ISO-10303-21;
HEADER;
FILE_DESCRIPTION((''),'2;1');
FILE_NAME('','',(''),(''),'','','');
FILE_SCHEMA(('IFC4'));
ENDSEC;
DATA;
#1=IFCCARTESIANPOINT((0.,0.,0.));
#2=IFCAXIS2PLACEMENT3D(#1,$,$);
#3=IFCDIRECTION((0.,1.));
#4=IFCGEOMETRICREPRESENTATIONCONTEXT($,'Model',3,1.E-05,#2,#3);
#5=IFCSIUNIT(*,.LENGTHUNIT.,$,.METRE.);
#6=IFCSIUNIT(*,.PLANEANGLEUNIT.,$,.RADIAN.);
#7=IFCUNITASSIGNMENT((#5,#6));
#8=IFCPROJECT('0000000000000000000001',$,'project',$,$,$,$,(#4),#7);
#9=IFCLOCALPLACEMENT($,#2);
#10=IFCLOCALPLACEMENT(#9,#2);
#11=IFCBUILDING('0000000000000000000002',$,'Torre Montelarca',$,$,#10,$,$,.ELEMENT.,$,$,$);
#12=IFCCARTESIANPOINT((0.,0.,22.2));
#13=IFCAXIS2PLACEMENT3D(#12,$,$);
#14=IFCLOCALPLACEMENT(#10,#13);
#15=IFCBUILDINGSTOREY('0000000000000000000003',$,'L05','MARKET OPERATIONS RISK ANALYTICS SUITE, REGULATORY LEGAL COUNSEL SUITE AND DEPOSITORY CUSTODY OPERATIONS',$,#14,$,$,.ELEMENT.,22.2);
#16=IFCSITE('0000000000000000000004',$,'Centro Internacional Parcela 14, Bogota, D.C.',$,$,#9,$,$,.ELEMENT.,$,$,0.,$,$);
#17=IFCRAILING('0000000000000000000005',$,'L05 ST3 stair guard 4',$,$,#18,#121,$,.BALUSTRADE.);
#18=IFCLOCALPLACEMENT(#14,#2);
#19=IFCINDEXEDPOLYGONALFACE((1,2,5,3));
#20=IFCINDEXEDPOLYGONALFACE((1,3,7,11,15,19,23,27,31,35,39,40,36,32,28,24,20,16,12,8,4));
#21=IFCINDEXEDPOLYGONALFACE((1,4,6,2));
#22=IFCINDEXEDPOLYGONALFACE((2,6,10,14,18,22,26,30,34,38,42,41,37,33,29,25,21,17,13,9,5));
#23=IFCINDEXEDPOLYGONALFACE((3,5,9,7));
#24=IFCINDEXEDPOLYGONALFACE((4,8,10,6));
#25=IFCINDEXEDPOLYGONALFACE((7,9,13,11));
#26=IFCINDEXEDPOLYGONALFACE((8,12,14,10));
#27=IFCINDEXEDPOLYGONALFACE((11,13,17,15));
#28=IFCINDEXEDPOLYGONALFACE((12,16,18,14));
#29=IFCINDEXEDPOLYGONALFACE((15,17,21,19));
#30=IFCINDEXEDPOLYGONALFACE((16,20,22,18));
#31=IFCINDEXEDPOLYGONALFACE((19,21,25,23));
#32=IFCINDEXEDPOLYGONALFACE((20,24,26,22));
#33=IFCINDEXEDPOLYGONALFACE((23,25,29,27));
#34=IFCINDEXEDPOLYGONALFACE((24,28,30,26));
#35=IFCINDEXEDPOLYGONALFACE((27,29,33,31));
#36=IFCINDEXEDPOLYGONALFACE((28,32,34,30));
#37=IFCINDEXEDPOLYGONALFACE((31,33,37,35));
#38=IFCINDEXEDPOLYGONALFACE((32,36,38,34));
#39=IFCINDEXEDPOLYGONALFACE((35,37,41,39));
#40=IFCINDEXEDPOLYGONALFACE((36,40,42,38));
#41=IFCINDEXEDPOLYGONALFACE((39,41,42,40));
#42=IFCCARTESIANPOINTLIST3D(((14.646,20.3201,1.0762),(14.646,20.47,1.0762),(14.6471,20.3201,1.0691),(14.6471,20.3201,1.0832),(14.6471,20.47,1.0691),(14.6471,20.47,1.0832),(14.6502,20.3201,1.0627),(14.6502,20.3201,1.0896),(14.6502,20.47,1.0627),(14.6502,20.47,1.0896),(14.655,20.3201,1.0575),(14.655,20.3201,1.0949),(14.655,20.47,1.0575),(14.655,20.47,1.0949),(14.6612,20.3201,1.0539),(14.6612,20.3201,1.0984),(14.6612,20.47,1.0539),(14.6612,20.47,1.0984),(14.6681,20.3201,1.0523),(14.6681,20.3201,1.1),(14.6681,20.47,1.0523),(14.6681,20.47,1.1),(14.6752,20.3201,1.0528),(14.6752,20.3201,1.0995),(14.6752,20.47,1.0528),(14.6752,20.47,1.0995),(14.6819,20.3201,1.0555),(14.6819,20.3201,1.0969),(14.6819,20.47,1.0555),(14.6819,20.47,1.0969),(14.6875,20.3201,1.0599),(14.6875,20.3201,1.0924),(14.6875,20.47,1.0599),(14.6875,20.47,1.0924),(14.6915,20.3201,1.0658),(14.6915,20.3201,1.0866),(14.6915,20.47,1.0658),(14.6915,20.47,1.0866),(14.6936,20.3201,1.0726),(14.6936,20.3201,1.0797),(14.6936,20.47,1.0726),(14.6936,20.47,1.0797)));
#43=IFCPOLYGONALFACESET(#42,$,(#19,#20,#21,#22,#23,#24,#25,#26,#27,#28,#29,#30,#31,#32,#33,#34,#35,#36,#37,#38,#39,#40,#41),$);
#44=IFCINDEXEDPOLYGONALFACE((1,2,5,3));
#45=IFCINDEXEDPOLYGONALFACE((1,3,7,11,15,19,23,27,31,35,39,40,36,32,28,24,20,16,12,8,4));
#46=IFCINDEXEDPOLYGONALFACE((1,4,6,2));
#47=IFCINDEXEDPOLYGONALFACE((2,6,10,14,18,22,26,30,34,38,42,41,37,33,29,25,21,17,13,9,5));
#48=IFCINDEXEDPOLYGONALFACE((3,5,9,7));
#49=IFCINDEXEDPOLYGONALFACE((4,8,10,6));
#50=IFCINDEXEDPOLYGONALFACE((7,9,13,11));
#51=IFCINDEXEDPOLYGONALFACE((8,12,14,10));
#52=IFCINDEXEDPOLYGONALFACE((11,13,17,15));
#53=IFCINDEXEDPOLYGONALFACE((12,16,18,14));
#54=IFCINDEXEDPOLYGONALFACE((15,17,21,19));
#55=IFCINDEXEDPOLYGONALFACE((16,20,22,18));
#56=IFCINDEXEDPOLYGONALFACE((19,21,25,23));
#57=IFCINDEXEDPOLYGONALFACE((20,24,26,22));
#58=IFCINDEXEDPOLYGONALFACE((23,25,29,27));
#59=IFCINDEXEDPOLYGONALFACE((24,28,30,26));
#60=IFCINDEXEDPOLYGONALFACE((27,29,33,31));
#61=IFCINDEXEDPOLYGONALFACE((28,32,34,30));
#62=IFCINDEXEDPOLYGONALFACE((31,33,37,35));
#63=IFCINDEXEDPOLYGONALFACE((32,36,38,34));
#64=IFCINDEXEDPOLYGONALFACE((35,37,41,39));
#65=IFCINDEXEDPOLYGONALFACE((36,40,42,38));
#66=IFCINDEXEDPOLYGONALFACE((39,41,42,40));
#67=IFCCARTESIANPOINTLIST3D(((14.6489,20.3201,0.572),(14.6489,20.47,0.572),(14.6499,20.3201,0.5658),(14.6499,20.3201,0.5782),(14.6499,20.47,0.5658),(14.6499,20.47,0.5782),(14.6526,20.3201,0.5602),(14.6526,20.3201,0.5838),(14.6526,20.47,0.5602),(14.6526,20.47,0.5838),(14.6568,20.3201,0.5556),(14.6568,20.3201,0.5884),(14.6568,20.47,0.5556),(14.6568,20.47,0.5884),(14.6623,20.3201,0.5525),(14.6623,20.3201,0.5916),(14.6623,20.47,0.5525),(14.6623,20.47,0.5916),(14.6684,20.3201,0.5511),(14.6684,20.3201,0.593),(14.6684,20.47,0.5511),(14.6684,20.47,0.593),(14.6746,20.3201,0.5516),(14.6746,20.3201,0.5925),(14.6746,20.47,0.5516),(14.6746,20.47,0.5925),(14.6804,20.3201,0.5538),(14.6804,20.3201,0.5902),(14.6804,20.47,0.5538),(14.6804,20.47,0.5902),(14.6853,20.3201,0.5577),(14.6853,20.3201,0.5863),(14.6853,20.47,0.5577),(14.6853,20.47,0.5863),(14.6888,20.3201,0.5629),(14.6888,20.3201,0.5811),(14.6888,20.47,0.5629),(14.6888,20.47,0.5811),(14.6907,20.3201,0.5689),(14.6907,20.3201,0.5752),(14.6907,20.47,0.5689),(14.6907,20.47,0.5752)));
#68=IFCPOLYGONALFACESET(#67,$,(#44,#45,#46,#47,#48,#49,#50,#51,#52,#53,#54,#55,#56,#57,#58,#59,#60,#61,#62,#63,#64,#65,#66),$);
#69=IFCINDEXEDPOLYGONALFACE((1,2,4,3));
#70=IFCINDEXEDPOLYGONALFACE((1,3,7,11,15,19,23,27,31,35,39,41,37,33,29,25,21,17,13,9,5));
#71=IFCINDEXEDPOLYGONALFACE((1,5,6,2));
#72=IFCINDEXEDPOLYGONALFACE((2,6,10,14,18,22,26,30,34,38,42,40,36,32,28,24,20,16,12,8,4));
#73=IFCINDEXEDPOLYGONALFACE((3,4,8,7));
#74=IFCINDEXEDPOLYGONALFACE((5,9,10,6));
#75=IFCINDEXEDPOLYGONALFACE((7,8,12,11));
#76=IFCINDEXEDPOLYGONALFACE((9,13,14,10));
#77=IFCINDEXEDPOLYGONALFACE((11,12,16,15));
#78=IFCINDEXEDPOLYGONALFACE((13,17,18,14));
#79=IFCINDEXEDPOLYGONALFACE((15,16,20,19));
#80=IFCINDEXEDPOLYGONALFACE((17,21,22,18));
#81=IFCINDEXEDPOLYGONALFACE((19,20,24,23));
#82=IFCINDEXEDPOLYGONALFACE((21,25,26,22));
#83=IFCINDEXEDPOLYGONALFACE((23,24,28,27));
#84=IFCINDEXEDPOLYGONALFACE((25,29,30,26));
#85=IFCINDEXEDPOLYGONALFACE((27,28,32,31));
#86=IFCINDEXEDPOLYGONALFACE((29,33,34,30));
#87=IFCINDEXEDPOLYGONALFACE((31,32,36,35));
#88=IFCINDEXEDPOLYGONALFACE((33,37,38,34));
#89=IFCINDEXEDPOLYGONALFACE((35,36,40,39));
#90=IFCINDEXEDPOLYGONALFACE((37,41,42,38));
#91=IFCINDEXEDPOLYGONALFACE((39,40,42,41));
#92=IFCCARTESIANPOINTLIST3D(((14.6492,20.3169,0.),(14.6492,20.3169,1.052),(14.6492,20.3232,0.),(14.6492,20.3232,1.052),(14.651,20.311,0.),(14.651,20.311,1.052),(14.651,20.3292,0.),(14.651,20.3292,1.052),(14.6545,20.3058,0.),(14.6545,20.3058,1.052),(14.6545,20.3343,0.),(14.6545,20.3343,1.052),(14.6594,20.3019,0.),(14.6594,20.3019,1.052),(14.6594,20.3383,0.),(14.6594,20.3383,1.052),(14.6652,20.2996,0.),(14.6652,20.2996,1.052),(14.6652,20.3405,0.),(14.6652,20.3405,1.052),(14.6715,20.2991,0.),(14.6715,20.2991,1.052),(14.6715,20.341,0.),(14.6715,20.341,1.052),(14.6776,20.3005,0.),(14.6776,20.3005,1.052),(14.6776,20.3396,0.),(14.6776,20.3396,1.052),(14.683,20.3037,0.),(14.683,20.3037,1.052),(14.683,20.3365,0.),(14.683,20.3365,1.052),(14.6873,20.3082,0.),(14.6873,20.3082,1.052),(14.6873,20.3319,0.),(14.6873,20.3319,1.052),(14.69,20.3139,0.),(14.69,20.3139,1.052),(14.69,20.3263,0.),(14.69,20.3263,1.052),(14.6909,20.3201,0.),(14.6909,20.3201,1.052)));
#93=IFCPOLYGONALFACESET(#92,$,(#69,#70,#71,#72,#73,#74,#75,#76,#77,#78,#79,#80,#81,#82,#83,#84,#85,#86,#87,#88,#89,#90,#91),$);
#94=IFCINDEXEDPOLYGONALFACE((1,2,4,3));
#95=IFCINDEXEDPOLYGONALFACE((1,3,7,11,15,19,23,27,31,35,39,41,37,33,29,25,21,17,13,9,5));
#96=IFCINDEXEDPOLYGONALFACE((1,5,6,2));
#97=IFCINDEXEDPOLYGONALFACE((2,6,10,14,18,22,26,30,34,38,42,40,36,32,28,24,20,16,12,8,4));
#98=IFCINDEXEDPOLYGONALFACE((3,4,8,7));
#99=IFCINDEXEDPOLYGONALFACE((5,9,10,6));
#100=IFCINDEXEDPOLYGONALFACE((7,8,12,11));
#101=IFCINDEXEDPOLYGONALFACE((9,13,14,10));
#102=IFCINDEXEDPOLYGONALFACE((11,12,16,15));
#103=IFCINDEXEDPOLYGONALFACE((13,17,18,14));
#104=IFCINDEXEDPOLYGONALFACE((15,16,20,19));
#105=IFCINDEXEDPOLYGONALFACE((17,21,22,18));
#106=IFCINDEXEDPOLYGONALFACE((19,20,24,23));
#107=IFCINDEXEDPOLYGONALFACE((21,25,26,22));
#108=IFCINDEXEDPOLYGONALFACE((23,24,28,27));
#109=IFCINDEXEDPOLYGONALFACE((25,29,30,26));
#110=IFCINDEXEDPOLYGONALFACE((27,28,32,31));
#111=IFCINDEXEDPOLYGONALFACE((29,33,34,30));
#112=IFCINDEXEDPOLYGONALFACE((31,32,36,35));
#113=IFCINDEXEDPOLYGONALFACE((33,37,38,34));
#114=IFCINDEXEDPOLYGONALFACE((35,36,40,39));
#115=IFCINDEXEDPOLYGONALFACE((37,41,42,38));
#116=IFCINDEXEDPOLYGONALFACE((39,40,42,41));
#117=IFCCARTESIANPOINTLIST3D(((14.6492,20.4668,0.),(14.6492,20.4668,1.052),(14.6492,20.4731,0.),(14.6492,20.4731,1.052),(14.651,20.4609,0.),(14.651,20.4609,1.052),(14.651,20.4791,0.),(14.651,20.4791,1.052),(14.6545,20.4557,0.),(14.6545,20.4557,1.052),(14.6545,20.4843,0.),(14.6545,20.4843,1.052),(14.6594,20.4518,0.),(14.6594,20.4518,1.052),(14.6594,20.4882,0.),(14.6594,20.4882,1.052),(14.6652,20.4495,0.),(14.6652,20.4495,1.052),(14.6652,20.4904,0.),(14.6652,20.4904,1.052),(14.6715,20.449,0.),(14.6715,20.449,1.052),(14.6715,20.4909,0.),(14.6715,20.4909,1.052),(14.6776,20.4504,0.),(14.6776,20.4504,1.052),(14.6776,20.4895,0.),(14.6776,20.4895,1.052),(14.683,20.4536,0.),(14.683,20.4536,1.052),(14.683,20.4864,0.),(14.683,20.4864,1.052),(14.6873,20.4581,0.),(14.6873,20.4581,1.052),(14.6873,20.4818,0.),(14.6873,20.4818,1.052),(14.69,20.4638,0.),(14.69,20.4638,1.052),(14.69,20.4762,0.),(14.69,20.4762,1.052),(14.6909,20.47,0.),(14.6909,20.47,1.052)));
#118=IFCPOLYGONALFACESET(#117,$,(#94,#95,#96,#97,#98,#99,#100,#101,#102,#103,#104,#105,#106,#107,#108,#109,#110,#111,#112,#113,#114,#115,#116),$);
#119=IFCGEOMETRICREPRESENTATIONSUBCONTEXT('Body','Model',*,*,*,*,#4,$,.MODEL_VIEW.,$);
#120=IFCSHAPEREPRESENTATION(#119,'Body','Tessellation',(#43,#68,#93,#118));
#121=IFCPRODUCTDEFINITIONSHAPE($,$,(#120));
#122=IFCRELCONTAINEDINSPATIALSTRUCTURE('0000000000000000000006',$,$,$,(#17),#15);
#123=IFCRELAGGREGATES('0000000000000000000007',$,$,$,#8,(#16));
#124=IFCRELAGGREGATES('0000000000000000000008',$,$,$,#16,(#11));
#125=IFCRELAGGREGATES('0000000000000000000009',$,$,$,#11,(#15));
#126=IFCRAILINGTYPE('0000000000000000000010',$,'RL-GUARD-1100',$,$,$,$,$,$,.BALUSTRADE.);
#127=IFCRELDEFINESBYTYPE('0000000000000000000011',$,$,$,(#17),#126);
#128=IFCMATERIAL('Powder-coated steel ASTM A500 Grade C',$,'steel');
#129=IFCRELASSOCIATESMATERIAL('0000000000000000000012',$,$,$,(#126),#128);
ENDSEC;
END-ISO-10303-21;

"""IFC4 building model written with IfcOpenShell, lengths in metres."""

from ifc_helpers import new_model, si_unit, direction, frame, origin, origin_2d, place, context, subcontext, project, spatial, circle, extrude, material, type_object, element, save


model = new_model("IFC4")

# Units and contexts
model_context = context("Model", 3, precision=1e-05, world=origin(), true_north=direction((0.0, 1.0)))
body_context = subcontext(model_context, "Body", "Model", "MODEL_VIEW")
ifc_project = project(units=[si_unit("LENGTHUNIT", "METRE"), si_unit("PLANEANGLEUNIT", "RADIAN")], contexts=[model_context])

# Site, building, storey
site_placement = place(None, origin())
site = spatial("IfcSite", under=ifc_project, at=site_placement, Name="Centro Internacional Parcela 14, Bogota, D.C.", CompositionType="ELEMENT", RefElevation=0.0)
building_placement = place(site_placement, origin())
building = spatial("IfcBuilding", under=site, at=building_placement, Name="Torre Montelarca", CompositionType="ELEMENT")
storey_placement = place(building_placement, frame((0.0, 0.0, 22.2)))
storey = spatial("IfcBuildingStorey", under=building, at=storey_placement, Name="L05", Description="MARKET OPERATIONS RISK ANALYTICS SUITE, REGULATORY LEGAL COUNSEL SUITE AND DEPOSITORY CUSTODY OPERATIONS", CompositionType="ELEMENT", Elevation=22.2)

# Railing
ifc_material_1 = material(Name="Powder-coated steel ASTM A500 Grade C", Category="steel")
railing_type_1 = type_object("IfcRailingType", Name="RL-GUARD-1100", PredefinedType="BALUSTRADE", material=ifc_material_1)
railing_1_placement = place(storey_placement, frame((14.6699, 20.3201, 0.0)))
element("IfcRailing", 1, at=railing_1_placement, inside=storey, type_object=railing_type_1, Name="L05 ST3 stair guard 4", PredefinedType="BALUSTRADE", context=body_context, shape_type="SweptSolid", body=[
    extrude(circle(Radius=0.0239, at=origin_2d()), frame((0.0, 0.0, 1.0762), z_axis=(0.0, 1.0, 0.0), x_axis=(-1.0, 0.0, 0.0)), (0.0, 0.0, 1.0), 0.1499),
    extrude(circle(Radius=0.021, at=origin_2d()), frame((0.0, 0.0, 0.572), z_axis=(0.0, 1.0, 0.0), x_axis=(-1.0, 0.0, 0.0)), (0.0, 0.0, 1.0), 0.1499),
    extrude(circle(Radius=0.021, at=origin_2d()), origin(), (0.0, 0.0, 1.0), 1.052),
    extrude(circle(Radius=0.021, at=origin_2d()), frame((0.0, 0.1499, 0.0)), (0.0, 0.0, 1.0), 1.052),
])

save(model, "model.ifc")
